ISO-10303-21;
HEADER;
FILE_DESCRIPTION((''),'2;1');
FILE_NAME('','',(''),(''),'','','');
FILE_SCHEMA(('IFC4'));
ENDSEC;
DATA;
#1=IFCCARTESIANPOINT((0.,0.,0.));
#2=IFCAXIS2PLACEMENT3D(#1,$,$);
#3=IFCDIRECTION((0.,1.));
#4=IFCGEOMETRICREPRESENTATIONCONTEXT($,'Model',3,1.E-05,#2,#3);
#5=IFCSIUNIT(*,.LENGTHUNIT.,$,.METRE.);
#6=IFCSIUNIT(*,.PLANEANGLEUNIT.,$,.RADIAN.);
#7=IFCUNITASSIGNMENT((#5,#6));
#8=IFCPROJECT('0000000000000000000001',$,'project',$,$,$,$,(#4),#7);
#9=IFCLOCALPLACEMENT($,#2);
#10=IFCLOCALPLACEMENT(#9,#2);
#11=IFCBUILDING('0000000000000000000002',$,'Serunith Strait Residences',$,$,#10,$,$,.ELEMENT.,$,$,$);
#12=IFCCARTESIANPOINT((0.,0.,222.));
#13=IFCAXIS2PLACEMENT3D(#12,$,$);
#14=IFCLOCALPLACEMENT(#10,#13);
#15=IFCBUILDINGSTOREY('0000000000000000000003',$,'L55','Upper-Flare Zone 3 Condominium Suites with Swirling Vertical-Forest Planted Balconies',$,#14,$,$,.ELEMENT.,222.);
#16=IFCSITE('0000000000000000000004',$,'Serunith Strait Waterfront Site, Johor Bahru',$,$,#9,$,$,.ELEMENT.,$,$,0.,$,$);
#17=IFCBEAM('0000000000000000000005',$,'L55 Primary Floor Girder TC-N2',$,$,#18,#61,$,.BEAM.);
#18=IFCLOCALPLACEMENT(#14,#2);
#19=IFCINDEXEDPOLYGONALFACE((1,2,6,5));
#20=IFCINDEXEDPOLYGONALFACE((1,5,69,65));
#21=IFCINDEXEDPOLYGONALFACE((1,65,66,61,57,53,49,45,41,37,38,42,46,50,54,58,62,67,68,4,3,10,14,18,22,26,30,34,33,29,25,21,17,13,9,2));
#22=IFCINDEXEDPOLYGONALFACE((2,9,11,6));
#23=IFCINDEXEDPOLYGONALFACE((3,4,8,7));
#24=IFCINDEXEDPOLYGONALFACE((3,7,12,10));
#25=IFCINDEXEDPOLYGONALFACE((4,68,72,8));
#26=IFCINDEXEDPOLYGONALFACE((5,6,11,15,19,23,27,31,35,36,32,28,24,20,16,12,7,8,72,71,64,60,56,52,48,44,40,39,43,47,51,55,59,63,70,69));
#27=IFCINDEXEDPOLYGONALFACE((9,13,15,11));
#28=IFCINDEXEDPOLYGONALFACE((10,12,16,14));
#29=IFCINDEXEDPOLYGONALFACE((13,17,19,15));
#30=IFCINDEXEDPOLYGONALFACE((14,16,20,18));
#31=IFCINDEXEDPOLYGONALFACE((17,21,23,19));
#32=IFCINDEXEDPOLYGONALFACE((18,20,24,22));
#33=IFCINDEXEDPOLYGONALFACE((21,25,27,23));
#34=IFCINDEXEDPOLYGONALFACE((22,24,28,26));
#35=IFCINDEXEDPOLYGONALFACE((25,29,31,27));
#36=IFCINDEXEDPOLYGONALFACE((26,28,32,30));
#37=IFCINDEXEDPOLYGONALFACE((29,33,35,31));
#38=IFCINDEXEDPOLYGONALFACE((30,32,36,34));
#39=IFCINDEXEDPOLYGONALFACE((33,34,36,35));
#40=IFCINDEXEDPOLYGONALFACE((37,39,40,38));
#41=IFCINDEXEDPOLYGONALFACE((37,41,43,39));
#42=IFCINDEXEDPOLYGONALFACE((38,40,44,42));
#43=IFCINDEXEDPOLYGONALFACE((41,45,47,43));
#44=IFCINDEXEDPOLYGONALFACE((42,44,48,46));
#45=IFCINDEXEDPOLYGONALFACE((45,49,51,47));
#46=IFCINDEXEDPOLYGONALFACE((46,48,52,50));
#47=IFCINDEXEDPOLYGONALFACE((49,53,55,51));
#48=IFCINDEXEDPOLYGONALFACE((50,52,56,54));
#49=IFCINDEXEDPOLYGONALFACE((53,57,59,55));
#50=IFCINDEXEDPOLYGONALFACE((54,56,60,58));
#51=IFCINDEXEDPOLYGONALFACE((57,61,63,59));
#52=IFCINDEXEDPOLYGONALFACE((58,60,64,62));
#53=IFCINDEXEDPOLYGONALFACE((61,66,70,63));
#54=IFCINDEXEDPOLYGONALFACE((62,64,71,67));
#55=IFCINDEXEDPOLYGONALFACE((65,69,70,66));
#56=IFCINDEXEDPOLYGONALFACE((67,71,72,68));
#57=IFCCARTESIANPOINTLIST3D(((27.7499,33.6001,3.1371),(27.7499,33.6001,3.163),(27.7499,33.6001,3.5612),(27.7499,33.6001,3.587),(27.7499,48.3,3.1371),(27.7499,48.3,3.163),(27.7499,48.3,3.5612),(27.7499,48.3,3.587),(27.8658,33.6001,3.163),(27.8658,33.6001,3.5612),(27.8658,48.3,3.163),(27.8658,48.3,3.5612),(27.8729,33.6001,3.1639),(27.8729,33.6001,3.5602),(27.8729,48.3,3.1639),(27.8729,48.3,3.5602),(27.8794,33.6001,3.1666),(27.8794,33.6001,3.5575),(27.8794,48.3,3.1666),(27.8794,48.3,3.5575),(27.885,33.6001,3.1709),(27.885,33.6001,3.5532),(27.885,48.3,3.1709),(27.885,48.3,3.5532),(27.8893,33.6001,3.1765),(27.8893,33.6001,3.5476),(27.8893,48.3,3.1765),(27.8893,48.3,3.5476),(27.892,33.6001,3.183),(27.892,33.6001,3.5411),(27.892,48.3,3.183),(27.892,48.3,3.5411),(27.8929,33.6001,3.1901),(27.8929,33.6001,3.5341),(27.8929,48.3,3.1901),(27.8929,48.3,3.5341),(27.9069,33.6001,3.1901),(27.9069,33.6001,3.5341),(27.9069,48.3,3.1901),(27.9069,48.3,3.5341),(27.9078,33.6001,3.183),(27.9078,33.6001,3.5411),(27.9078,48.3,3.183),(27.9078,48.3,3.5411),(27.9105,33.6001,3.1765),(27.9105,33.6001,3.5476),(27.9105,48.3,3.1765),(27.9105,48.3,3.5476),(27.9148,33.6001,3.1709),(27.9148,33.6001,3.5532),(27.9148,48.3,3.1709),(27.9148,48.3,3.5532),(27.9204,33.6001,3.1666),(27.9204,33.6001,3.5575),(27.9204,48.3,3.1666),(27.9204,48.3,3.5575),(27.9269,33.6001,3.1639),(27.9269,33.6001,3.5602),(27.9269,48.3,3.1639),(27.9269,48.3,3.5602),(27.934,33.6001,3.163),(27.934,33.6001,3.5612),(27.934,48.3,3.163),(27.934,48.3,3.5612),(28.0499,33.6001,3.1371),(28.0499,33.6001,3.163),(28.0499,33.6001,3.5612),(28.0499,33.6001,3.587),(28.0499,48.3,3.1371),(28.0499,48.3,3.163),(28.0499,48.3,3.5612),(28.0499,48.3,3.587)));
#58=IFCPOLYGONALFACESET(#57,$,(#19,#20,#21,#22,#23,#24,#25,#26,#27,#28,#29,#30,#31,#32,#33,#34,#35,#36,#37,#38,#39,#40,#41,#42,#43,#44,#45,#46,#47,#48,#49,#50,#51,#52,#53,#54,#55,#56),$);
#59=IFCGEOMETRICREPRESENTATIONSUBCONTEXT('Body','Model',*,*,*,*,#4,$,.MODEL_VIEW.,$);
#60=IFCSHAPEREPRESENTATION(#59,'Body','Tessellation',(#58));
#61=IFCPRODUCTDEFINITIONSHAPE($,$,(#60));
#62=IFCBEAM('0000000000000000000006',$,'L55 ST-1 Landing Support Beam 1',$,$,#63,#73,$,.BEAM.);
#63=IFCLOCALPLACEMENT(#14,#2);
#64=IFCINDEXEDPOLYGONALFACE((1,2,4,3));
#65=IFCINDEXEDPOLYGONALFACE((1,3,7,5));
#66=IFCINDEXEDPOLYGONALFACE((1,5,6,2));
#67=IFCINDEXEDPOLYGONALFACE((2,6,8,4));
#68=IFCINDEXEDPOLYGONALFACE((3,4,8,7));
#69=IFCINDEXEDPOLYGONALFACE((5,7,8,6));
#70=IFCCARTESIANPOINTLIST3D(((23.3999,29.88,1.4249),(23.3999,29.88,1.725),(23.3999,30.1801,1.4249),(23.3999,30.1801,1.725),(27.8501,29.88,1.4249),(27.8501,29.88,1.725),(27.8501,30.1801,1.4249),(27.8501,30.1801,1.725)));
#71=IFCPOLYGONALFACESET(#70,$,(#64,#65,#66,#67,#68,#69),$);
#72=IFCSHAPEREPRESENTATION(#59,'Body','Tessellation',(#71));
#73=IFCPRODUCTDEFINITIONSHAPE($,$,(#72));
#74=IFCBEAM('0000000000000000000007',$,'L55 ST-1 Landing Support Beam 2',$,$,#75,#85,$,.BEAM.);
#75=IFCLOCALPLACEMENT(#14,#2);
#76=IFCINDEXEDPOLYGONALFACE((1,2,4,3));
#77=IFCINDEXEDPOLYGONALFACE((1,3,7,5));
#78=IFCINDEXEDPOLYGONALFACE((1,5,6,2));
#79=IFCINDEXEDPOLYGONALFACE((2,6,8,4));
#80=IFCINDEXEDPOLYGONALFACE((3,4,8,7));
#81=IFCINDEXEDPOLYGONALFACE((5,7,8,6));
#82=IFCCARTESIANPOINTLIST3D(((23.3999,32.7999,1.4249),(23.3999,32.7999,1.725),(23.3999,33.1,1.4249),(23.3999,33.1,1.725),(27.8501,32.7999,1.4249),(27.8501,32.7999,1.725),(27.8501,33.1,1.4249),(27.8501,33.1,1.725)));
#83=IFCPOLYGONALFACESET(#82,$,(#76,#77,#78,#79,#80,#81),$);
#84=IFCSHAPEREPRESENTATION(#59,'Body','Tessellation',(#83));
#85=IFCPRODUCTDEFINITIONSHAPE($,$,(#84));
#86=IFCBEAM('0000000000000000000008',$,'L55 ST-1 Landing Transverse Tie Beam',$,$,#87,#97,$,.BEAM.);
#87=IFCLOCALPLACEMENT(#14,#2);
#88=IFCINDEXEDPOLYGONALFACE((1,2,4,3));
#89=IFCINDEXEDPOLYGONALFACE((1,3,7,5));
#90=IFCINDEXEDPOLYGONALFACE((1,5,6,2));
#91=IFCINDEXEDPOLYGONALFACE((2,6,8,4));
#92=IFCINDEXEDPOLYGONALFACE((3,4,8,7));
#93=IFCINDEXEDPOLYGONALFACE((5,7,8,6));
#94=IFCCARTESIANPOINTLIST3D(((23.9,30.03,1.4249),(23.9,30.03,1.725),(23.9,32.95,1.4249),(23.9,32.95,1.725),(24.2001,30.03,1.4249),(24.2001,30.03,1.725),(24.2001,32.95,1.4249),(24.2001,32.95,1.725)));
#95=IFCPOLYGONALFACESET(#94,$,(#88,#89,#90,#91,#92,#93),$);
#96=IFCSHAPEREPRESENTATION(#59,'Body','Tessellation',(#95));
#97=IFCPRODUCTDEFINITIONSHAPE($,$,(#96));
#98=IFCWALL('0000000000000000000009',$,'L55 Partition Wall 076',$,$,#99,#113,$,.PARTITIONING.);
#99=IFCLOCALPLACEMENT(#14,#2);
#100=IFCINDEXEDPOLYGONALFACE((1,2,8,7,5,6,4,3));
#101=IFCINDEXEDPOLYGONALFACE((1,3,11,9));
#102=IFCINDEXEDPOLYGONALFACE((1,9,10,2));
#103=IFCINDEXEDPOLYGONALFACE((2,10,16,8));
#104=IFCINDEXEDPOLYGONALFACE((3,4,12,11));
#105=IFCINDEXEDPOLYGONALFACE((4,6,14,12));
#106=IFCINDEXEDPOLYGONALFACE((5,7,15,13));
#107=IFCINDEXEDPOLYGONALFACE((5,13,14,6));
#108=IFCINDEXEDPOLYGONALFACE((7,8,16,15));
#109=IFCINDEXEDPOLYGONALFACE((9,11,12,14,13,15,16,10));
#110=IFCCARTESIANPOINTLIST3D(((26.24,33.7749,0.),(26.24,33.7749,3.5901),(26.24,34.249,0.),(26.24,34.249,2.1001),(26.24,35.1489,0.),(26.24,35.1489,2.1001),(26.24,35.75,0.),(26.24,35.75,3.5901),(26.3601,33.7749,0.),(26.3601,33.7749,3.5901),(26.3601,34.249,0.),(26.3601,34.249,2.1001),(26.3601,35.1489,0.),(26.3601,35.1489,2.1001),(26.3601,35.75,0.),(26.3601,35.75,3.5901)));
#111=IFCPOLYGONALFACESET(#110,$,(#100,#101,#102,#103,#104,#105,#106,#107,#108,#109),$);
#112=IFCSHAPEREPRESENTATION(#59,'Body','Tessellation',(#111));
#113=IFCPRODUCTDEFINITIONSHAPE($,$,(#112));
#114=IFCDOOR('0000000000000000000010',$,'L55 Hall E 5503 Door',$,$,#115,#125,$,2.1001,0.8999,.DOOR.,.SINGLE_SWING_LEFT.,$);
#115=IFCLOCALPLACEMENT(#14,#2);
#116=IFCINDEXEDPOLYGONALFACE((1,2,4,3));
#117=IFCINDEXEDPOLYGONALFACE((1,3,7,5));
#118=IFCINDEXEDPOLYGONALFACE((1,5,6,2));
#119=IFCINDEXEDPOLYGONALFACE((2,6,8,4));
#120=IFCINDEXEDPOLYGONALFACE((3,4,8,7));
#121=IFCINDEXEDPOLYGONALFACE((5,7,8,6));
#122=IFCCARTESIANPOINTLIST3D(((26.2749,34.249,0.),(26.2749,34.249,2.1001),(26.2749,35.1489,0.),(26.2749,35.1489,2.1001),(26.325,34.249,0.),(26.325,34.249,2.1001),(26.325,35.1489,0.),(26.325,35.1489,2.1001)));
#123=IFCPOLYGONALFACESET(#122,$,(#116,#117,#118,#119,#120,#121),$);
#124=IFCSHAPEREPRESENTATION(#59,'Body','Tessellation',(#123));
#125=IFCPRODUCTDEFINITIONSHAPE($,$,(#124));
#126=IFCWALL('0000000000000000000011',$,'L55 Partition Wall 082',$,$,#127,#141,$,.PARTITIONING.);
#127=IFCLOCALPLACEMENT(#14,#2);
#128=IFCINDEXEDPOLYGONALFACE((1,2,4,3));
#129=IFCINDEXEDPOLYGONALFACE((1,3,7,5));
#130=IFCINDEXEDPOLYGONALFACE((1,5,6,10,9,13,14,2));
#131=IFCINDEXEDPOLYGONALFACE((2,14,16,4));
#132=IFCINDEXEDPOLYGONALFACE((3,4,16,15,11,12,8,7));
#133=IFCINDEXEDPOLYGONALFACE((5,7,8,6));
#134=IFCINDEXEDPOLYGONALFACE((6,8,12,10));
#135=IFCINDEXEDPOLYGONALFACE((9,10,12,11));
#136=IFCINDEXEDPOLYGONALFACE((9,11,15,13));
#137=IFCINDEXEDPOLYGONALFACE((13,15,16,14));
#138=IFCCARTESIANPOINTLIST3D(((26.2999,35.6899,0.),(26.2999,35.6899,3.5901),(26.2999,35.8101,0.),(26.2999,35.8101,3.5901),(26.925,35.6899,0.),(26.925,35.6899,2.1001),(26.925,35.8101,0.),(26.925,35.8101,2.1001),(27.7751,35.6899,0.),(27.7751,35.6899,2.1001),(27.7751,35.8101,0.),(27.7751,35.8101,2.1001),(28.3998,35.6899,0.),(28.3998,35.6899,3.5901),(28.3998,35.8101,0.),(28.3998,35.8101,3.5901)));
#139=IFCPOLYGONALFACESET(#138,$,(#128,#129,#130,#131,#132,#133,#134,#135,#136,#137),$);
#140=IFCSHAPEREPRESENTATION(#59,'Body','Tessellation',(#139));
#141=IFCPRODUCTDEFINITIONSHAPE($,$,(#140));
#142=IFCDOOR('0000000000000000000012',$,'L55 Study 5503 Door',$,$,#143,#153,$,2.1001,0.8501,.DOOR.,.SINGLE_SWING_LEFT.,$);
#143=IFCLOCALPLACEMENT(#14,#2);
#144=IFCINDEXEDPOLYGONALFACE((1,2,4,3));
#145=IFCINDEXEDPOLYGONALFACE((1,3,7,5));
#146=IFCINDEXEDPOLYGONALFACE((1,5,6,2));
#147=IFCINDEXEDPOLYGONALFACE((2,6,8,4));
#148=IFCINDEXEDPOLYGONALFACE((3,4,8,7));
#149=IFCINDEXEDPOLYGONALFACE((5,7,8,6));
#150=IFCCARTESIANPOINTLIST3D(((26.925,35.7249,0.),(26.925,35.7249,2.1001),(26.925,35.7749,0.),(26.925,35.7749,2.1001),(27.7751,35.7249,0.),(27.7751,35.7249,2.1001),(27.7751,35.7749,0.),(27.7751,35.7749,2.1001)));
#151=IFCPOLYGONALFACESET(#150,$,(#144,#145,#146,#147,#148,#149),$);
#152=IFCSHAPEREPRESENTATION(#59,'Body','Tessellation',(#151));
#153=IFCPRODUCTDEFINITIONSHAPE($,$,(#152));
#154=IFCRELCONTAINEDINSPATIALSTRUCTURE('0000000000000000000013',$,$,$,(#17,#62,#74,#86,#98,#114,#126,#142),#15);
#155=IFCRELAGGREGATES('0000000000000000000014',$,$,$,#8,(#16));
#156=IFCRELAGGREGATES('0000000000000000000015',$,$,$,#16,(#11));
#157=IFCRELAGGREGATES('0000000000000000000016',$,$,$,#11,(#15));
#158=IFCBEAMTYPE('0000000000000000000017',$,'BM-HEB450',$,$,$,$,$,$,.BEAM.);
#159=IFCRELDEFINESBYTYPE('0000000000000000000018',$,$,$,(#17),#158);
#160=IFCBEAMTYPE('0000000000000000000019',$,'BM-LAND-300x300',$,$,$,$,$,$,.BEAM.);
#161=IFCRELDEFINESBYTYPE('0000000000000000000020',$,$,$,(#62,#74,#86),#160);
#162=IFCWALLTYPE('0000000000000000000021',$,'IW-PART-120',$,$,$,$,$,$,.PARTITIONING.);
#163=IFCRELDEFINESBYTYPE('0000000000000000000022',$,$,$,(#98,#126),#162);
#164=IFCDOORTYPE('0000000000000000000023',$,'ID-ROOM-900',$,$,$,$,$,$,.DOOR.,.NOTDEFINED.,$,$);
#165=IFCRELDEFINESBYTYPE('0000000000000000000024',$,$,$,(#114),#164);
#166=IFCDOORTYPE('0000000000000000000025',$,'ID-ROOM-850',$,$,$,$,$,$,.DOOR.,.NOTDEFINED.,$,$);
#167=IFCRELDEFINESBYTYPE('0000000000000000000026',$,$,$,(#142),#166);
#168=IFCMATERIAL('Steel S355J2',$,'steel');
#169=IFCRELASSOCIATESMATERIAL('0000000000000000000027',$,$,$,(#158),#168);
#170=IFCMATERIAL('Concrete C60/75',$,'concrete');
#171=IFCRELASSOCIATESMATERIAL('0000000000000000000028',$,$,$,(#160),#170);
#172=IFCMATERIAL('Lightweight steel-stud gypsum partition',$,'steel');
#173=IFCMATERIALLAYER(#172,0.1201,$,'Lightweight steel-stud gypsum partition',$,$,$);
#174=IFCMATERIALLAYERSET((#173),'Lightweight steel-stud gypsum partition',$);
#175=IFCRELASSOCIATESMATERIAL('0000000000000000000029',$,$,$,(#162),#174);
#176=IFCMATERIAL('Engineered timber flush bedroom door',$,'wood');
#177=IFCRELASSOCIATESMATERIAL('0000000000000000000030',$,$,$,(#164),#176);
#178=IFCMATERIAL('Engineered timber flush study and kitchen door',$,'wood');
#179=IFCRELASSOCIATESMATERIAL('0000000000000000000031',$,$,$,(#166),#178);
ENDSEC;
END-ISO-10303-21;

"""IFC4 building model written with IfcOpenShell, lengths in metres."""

from ifc_helpers import new_model, si_unit, direction, frame, frame_2d, origin, origin_2d, place, context, subcontext, project, spatial, rectangle, i_section, extrude, source, transform, mapped, material, layer, layer_set, material_profile, profile_set, type_object, element, fill, save


model = new_model("IFC4")

# Units and contexts
model_context = context("Model", 3, precision=1e-05, world=origin(), true_north=direction((0.0, 1.0)))
body_context = subcontext(model_context, "Body", "Model", "MODEL_VIEW")
ifc_project = project(units=[si_unit("LENGTHUNIT", "METRE"), si_unit("PLANEANGLEUNIT", "RADIAN")], contexts=[model_context])

# Site, building, storey
site_placement = place(None, origin())
site = spatial("IfcSite", under=ifc_project, at=site_placement, Name="Serunith Strait Waterfront Site, Johor Bahru", CompositionType="ELEMENT", RefElevation=0.0)
building_placement = place(site_placement, origin())
building = spatial("IfcBuilding", under=site, at=building_placement, Name="Serunith Strait Residences", CompositionType="ELEMENT")
storey_placement = place(building_placement, frame((0.0, 0.0, 222.0)))
storey = spatial("IfcBuildingStorey", under=building, at=storey_placement, Name="L55", Description="Upper-Flare Zone 3 Condominium Suites with Swirling Vertical-Forest Planted Balconies", CompositionType="ELEMENT", Elevation=222.0)

# Beams
ifc_material_1 = material(Name="Steel S355J2", Category="steel")
ifc_material_profile_1 = material_profile(ifc_material_1, i_section(OverallWidth=0.3, OverallDepth=0.45, WebThickness=0.0139, FlangeThickness=0.0259, FilletRadius=0.0271, at=origin_2d()), Name="HEB 450")
ifc_profile_set_1 = profile_set([ifc_material_profile_1], Name="Steel S355J2")
beam_type_1 = type_object("IfcBeamType", Name="BM-HEB450", PredefinedType="BEAM", material=ifc_profile_set_1)
shared_shape_1 = source(origin(), body_context, "Body", "SweptSolid", [
    extrude(i_section(OverallWidth=0.3, OverallDepth=0.45, WebThickness=0.0139, FlangeThickness=0.0259, FilletRadius=0.0271, at=origin_2d()), origin(), (0.0, 0.0, 1.0), 14.7),
])
beam_1_placement = place(storey_placement, frame((27.8999, 33.6001, 3.3621), z_axis=(0.0, 1.0, 0.0), x_axis=(-1.0, 0.0, 0.0)))
element("IfcBeam", 1, at=beam_1_placement, inside=storey, type_object=beam_type_1, Name="L55 Primary Floor Girder TC-N2", PredefinedType="BEAM", context=body_context, shape_type="MappedRepresentation", body=[
    mapped(shared_shape_1, transform((0.0, 0.0, 0.0), scale=1.0)),
])
ifc_material_2 = material(Name="Concrete C60/75", Category="concrete")
ifc_material_profile_2 = material_profile(ifc_material_2, rectangle(XDim=0.3, YDim=0.3, at=origin_2d()), Name="RC 300x300")
ifc_profile_set_2 = profile_set([ifc_material_profile_2], Name="Concrete C60/75")
beam_type_2 = type_object("IfcBeamType", Name="BM-LAND-300x300", PredefinedType="BEAM", material=ifc_profile_set_2)
shared_shape_2 = source(origin(), body_context, "Body", "SweptSolid", [
    extrude(rectangle(XDim=0.3, YDim=0.3, at=origin_2d()), origin(), (0.0, 0.0, 1.0), 4.4502),
])
for number, where, z_axis, x_axis, name in (
    (2, (23.3999, 30.03, 1.575), (1.0, 0.0, 0.0), (0.0, 1.0, 0.0), "L55 ST-1 Landing Support Beam 1"),
    (3, (23.3999, 32.95, 1.575), (1.0, 0.0, 0.0), (0.0, 1.0, 0.0), "L55 ST-1 Landing Support Beam 2"),
):
    element("IfcBeam", number, at=place(storey_placement, frame(where, z_axis=z_axis, x_axis=x_axis)), inside=storey, type_object=beam_type_2, Name=name, PredefinedType="BEAM", context=body_context, shape_type="MappedRepresentation", body=[
        mapped(shared_shape_2, transform((0.0, 0.0, 0.0), scale=1.0)),
    ])
shared_shape_3 = source(origin(), body_context, "Body", "SweptSolid", [
    extrude(rectangle(XDim=0.3, YDim=0.3, at=origin_2d()), origin(), (0.0, 0.0, 1.0), 2.9199),
])
beam_2_placement = place(storey_placement, frame((24.05, 30.03, 1.575), z_axis=(0.0, 1.0, 0.0), x_axis=(-1.0, 0.0, 0.0)))
element("IfcBeam", 4, at=beam_2_placement, inside=storey, type_object=beam_type_2, Name="L55 ST-1 Landing Transverse Tie Beam", PredefinedType="BEAM", context=body_context, shape_type="MappedRepresentation", body=[
    mapped(shared_shape_3, transform((0.0, 0.0, 0.0), scale=1.0)),
])

# Walls, openings, doors
ifc_material_3 = material(Name="Lightweight steel-stud gypsum partition", Category="steel")
ifc_layer_1 = layer(ifc_material_3, 0.1201, Name="Lightweight steel-stud gypsum partition")
ifc_layer_set_1 = layer_set([ifc_layer_1], Name="Lightweight steel-stud gypsum partition")
wall_type_1 = type_object("IfcWallType", Name="IW-PART-120", PredefinedType="PARTITIONING", material=ifc_layer_set_1)
wall_1_placement = place(storey_placement, frame((26.3, 35.75, 0.0), z_axis=(0.0, 0.0, 1.0), x_axis=(0.0, -1.0, 0.0)))
wall_1 = element("IfcWall", 5, at=wall_1_placement, inside=storey, type_object=wall_type_1, Name="L55 Partition Wall 076", PredefinedType="PARTITIONING", context=body_context, shape_type="SweptSolid", body=[
    extrude(rectangle(XDim=1.9751, YDim=0.1201, at=frame_2d((0.9875, 0.0))), origin(), (0.0, 0.0, 1.0), 3.5901),
])
opening_1_placement = place(wall_1_placement, frame((0.6011, 0.0, 0.0)))
opening_1 = element("IfcOpeningElement", 6, at=opening_1_placement, cuts=wall_1, PredefinedType="OPENING", context=body_context, shape_type="SweptSolid", body=[
    extrude(rectangle(XDim=0.8999, YDim=2.1001, at=frame_2d((0.45, 1.05))), frame((0.0, 0.0701, 0.0), z_axis=(0.0, -1.0, 0.0), x_axis=(1.0, 0.0, 0.0)), (0.0, 0.0, 1.0), 0.1401),
])
ifc_material_4 = material(Name="Engineered timber flush bedroom door", Category="wood")
door_type_1 = type_object("IfcDoorType", Name="ID-ROOM-900", OperationType="NOTDEFINED", PredefinedType="DOOR", material=ifc_material_4)
shared_shape_4 = source(origin(), body_context, "Body", "SweptSolid", [
    extrude(rectangle(XDim=0.8999, YDim=2.1001, at=frame_2d((0.45, 1.05))), frame((0.0, 0.0249, 0.0), z_axis=(0.0, -1.0, 0.0), x_axis=(1.0, 0.0, 0.0)), (0.0, 0.0, 1.0), 0.05),
])
door_1_placement = place(opening_1_placement, origin())
door_1 = element("IfcDoor", 7, at=door_1_placement, inside=storey, type_object=door_type_1, Name="L55 Hall E 5503 Door", OperationType="SINGLE_SWING_LEFT", OverallHeight=2.1001, OverallWidth=0.8999, PredefinedType="DOOR", context=body_context, shape_type="MappedRepresentation", body=[
    mapped(shared_shape_4, transform((0.0, 0.0, 0.0), scale=1.0)),
])
fill(opening_1, door_1)
wall_2_placement = place(storey_placement, frame((26.3, 35.75, 0.0), z_axis=(0.0, 0.0, 1.0), x_axis=(1.0, 0.0, 0.0)))
wall_2 = element("IfcWall", 8, at=wall_2_placement, inside=storey, type_object=wall_type_1, Name="L55 Partition Wall 082", PredefinedType="PARTITIONING", context=body_context, shape_type="SweptSolid", body=[
    extrude(rectangle(XDim=2.0999, YDim=0.1201, at=frame_2d((1.0498, 0.0))), origin(), (0.0, 0.0, 1.0), 3.5901),
])
opening_2_placement = place(wall_2_placement, frame((0.625, 0.0, 0.0)))
opening_2 = element("IfcOpeningElement", 9, at=opening_2_placement, cuts=wall_2, PredefinedType="OPENING", context=body_context, shape_type="SweptSolid", body=[
    extrude(rectangle(XDim=0.8501, YDim=2.1001, at=frame_2d((0.425, 1.05))), frame((0.0, 0.0701, 0.0), z_axis=(0.0, -1.0, 0.0), x_axis=(1.0, 0.0, 0.0)), (0.0, 0.0, 1.0), 0.1401),
])
ifc_material_5 = material(Name="Engineered timber flush study and kitchen door", Category="wood")
door_type_2 = type_object("IfcDoorType", Name="ID-ROOM-850", OperationType="NOTDEFINED", PredefinedType="DOOR", material=ifc_material_5)
shared_shape_5 = source(origin(), body_context, "Body", "SweptSolid", [
    extrude(rectangle(XDim=0.8501, YDim=2.1001, at=frame_2d((0.425, 1.05))), frame((0.0, 0.0249, 0.0), z_axis=(0.0, -1.0, 0.0), x_axis=(1.0, 0.0, 0.0)), (0.0, 0.0, 1.0), 0.05),
])
door_2_placement = place(opening_2_placement, origin())
door_2 = element("IfcDoor", 10, at=door_2_placement, inside=storey, type_object=door_type_2, Name="L55 Study 5503 Door", OperationType="SINGLE_SWING_LEFT", OverallHeight=2.1001, OverallWidth=0.8501, PredefinedType="DOOR", context=body_context, shape_type="MappedRepresentation", body=[
    mapped(shared_shape_5, transform((0.0, 0.0, 0.0), scale=1.0)),
])
fill(opening_2, door_2)

save(model, "model.ifc")
